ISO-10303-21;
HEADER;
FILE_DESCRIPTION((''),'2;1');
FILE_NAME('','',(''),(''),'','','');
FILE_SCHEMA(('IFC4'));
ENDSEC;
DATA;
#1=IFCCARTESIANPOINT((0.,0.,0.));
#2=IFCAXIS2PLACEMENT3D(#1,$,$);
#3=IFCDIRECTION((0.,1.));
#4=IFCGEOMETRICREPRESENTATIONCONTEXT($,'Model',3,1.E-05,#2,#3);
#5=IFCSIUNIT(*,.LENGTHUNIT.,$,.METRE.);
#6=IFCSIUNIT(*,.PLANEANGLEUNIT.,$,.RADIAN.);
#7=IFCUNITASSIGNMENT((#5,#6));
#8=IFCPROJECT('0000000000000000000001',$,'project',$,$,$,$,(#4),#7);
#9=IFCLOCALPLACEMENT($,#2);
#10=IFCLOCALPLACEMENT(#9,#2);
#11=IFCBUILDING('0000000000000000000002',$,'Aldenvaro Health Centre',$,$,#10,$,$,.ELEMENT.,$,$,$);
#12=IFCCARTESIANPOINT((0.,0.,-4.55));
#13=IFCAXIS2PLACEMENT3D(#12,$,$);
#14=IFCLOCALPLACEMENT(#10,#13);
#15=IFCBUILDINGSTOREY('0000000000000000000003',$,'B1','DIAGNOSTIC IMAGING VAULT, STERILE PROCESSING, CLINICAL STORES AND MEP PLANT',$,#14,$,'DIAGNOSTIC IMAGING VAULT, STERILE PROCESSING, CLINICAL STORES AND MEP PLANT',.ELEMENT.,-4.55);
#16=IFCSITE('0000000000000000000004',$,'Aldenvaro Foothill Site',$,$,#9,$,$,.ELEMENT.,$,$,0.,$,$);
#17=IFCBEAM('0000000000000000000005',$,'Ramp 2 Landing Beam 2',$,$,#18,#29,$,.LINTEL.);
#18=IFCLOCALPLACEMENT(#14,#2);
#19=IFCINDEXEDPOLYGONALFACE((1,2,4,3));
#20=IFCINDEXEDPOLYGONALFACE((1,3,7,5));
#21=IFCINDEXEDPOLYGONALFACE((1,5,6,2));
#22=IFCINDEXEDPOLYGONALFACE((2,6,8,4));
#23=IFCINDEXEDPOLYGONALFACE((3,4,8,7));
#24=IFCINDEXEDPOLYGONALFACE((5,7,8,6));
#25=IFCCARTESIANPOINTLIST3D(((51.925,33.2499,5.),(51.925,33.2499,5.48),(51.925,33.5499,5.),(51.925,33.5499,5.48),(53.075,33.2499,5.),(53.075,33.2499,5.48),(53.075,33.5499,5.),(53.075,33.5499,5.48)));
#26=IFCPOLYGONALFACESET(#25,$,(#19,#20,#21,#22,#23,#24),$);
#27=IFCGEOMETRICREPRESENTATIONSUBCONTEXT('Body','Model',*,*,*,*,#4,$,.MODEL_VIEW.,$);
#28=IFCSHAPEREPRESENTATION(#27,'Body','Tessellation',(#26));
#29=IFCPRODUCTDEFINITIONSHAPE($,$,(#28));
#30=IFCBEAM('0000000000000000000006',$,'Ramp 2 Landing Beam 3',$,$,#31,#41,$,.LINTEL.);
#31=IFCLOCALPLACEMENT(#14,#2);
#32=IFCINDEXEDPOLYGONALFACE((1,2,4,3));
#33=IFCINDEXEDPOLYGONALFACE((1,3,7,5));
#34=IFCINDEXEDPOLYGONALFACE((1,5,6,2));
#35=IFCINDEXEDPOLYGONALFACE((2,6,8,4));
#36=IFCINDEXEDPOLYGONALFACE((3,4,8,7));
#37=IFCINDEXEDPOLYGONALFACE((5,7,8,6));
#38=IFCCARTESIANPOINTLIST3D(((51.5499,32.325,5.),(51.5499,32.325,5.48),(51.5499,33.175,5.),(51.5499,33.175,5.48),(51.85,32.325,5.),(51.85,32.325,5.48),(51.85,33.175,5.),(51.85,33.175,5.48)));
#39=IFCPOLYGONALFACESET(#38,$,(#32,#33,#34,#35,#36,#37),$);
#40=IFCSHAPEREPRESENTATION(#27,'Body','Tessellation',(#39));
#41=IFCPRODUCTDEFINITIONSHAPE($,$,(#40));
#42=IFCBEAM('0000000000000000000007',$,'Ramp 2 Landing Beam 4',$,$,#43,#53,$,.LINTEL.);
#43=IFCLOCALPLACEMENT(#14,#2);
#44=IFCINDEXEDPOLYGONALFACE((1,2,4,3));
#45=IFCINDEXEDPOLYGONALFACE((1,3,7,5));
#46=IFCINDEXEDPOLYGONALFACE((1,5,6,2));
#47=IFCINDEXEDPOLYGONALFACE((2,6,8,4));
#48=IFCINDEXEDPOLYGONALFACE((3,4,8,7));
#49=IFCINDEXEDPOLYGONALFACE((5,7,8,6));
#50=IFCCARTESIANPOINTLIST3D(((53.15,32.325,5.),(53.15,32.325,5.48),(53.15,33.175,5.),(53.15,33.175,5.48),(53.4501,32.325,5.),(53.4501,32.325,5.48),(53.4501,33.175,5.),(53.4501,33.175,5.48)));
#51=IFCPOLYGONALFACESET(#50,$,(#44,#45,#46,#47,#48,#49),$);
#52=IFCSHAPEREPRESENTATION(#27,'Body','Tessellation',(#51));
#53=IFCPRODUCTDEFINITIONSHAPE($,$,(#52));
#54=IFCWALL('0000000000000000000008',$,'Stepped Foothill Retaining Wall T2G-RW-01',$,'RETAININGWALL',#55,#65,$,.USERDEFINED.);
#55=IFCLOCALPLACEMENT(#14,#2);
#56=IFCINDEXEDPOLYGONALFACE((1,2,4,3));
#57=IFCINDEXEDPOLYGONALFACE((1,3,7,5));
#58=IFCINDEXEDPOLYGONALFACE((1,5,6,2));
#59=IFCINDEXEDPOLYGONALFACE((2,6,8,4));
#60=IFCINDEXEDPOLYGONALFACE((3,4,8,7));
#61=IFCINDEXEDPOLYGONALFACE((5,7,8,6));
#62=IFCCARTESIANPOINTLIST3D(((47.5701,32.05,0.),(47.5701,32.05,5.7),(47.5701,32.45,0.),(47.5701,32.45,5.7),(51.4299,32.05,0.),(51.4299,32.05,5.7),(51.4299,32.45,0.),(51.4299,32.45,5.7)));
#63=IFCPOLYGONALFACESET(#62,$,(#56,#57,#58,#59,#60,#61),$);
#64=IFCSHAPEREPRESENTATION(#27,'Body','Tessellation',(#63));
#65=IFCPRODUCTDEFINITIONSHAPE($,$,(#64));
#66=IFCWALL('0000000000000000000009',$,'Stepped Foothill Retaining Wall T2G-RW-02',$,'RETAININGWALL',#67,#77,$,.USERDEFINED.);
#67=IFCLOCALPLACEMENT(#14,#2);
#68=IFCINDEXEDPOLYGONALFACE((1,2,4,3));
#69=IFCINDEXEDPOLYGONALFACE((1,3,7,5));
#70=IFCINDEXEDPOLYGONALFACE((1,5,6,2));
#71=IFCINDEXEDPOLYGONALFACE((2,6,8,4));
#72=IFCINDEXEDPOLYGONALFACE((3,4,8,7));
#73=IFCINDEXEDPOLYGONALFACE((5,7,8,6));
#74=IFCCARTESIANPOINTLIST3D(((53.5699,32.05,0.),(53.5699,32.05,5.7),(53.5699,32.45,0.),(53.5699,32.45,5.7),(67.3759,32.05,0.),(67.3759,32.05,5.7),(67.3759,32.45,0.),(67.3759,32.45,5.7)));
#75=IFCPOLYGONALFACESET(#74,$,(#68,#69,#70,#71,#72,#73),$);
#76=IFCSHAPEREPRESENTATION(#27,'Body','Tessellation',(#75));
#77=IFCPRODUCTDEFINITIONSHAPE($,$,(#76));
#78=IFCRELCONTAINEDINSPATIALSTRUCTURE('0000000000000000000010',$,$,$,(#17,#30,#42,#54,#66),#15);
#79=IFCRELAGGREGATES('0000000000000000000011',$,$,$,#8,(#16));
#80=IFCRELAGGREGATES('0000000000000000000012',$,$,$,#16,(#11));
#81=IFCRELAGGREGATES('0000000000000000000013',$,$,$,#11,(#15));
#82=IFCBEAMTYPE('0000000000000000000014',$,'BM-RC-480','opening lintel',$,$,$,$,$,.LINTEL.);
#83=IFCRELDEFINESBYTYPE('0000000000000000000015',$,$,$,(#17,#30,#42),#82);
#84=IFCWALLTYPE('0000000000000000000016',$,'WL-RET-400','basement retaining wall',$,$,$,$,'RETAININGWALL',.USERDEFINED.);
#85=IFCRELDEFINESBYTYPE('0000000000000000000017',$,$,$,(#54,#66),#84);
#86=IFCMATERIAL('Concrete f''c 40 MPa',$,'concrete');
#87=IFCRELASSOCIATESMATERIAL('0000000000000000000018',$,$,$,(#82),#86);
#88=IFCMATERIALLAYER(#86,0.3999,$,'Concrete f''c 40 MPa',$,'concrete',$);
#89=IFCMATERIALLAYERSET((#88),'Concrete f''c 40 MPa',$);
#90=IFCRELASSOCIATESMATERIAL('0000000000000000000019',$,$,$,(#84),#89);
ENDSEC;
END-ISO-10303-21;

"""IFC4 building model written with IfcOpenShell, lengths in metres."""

from ifc_helpers import new_model, si_unit, direction, frame, frame_2d, origin, origin_2d, place, context, subcontext, project, spatial, rectangle, extrude, material, layer, layer_set, material_profile, profile_set, type_object, element, save


model = new_model("IFC4")

# Units and contexts
model_context = context("Model", 3, precision=1e-05, world=origin(), true_north=direction((0.0, 1.0)))
body_context = subcontext(model_context, "Body", "Model", "MODEL_VIEW")
ifc_project = project(units=[si_unit("LENGTHUNIT", "METRE"), si_unit("PLANEANGLEUNIT", "RADIAN")], contexts=[model_context])

# Site, building, storey
site_placement = place(None, origin())
site = spatial("IfcSite", under=ifc_project, at=site_placement, Name="Aldenvaro Foothill Site", CompositionType="ELEMENT", RefElevation=0.0)
building_placement = place(site_placement, origin())
building = spatial("IfcBuilding", under=site, at=building_placement, Name="Aldenvaro Health Centre", CompositionType="ELEMENT")
storey_placement = place(building_placement, frame((0.0, 0.0, -4.55)))
storey = spatial("IfcBuildingStorey", under=building, at=storey_placement, Name="B1", Description="DIAGNOSTIC IMAGING VAULT, STERILE PROCESSING, CLINICAL STORES AND MEP PLANT", LongName="DIAGNOSTIC IMAGING VAULT, STERILE PROCESSING, CLINICAL STORES AND MEP PLANT", CompositionType="ELEMENT", Elevation=-4.55)

# Shared definitions
ifc_material = material(Name="Concrete f'c 40 MPa", Category="concrete")

# Beams
ifc_material_profile_1 = material_profile(ifc_material, rectangle(XDim=0.3, YDim=0.48, at=origin_2d()), Name="RC 300x480", Category="concrete")
ifc_profile_set_1 = profile_set([ifc_material_profile_1], Name="Concrete f'c 40 MPa")
beam_type = type_object("IfcBeamType", Name="BM-RC-480", Description="opening lintel", PredefinedType="LINTEL", material=ifc_profile_set_1)
for number, where, z_axis, x_axis, name in (
    (1, (53.075, 33.3999, 5.24), (-1.0, 0.0, 0.0), (0.0, -1.0, 0.0), "Ramp 2 Landing Beam 2"),
):
    element("IfcBeam", number, at=place(storey_placement, frame(where, z_axis=z_axis, x_axis=x_axis)), inside=storey, type_object=beam_type, Name=name, PredefinedType="LINTEL", context=body_context, shape_type="SweptSolid", body=[
        extrude(rectangle(XDim=0.3, YDim=0.48, at=origin_2d()), origin(), (0.0, 0.0, 1.0), 1.1499),
    ])
for number, where, z_axis, x_axis, name in (
    (2, (51.7, 32.325, 5.24), (0.0, 1.0, 0.0), (-1.0, 0.0, 0.0), "Ramp 2 Landing Beam 3"),
    (3, (53.3, 32.325, 5.24), (0.0, 1.0, 0.0), (-1.0, 0.0, 0.0), "Ramp 2 Landing Beam 4"),
):
    element("IfcBeam", number, at=place(storey_placement, frame(where, z_axis=z_axis, x_axis=x_axis)), inside=storey, type_object=beam_type, Name=name, PredefinedType="LINTEL", context=body_context, shape_type="SweptSolid", body=[
        extrude(rectangle(XDim=0.3, YDim=0.48, at=origin_2d()), origin(), (0.0, 0.0, 1.0), 0.8501),
    ])

# Walls
ifc_layer = layer(ifc_material, 0.3999, Name="Concrete f'c 40 MPa", Category="concrete")
ifc_layer_set = layer_set([ifc_layer], Name="Concrete f'c 40 MPa")
wall_type = type_object("IfcWallType", Name="WL-RET-400", Description="basement retaining wall", ElementType="RETAININGWALL", PredefinedType="USERDEFINED", material=ifc_layer_set)
wall_1_placement = place(storey_placement, frame((47.5701, 32.25, 0.0), z_axis=(0.0, 0.0, 1.0), x_axis=(1.0, 0.0, 0.0)))
element("IfcWall", 4, at=wall_1_placement, inside=storey, type_object=wall_type, Name="Stepped Foothill Retaining Wall T2G-RW-01", ObjectType="RETAININGWALL", PredefinedType="USERDEFINED", context=body_context, shape_type="SweptSolid", body=[
    extrude(rectangle(XDim=3.8599, YDim=0.3999, at=frame_2d((1.9299, 0.0))), origin(), (0.0, 0.0, 1.0), 5.7),
])
wall_2_placement = place(storey_placement, frame((53.5701, 32.25, 0.0), z_axis=(0.0, 0.0, 1.0), x_axis=(1.0, 0.0, 0.0)))
element("IfcWall", 5, at=wall_2_placement, inside=storey, type_object=wall_type, Name="Stepped Foothill Retaining Wall T2G-RW-02", ObjectType="RETAININGWALL", PredefinedType="USERDEFINED", context=body_context, shape_type="SweptSolid", body=[
    extrude(rectangle(XDim=13.8059, YDim=0.3999, at=frame_2d((6.9028, 0.0))), origin(), (0.0, 0.0, 1.0), 5.7),
])

save(model, "model.ifc")
